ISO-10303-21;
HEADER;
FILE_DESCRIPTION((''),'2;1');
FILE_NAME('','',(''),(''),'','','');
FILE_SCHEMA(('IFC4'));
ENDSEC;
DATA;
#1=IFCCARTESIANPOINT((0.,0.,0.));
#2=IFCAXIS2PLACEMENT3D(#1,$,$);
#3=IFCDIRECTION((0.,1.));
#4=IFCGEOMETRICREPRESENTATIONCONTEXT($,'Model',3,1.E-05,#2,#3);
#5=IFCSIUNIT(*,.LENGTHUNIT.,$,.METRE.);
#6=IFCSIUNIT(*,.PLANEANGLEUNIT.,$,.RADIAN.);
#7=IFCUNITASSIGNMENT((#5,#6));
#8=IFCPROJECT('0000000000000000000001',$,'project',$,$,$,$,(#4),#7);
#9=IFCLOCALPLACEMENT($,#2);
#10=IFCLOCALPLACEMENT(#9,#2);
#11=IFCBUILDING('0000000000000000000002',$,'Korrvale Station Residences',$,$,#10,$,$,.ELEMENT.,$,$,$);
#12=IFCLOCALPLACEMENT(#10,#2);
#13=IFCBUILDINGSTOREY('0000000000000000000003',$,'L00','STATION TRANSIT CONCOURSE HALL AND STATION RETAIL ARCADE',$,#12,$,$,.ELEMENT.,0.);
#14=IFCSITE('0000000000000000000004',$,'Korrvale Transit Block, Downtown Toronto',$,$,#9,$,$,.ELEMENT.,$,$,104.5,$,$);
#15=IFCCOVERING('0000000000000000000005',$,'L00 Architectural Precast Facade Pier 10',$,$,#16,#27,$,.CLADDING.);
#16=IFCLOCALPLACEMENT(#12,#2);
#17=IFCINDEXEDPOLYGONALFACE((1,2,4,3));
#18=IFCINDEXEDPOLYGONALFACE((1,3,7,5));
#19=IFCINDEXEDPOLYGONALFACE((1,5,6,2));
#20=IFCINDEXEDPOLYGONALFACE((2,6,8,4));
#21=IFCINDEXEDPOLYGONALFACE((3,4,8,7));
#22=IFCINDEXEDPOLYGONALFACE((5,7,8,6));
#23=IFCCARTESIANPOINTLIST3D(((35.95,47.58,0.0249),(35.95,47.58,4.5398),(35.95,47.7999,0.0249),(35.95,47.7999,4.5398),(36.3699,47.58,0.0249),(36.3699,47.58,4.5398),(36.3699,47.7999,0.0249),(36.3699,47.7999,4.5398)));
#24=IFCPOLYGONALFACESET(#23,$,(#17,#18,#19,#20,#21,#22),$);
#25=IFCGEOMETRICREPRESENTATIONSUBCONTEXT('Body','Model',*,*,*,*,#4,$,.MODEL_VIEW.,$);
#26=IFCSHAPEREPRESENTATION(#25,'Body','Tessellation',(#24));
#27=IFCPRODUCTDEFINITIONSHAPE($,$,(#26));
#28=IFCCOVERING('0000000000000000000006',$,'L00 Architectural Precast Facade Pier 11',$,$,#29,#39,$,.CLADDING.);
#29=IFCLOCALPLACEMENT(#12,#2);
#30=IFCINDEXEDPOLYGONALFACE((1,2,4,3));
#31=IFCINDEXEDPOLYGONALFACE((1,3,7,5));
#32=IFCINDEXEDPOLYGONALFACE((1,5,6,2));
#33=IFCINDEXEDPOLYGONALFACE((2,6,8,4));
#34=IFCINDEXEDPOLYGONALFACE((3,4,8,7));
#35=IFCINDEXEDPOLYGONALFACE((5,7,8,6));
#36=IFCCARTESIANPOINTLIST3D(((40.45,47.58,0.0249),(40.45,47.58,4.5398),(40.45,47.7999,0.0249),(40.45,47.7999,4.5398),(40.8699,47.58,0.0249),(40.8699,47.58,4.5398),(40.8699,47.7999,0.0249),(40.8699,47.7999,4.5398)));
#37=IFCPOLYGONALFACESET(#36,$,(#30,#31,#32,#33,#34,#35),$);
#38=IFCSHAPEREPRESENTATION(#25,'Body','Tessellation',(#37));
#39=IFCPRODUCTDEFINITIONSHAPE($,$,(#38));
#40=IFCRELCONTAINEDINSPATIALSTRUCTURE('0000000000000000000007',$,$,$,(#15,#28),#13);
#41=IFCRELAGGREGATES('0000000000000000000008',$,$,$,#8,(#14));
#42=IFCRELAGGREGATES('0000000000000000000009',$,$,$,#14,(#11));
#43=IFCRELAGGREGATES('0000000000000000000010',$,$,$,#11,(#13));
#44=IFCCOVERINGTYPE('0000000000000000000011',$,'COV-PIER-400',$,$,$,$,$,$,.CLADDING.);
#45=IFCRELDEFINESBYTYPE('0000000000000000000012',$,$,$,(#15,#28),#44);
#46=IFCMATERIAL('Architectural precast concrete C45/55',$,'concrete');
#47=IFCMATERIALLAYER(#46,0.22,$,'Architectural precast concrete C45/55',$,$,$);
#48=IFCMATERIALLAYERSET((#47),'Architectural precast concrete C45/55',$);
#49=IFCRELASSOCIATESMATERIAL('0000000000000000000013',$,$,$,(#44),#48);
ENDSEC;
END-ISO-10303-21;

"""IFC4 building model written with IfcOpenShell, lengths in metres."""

from ifc_helpers import new_model, si_unit, direction, frame, origin, origin_2d, place, context, subcontext, project, spatial, rectangle, extrude, material, layer, layer_set, type_object, element, save


model = new_model("IFC4")

# Units and contexts
model_context = context("Model", 3, precision=1e-05, world=origin(), true_north=direction((0.0, 1.0)))
body_context = subcontext(model_context, "Body", "Model", "MODEL_VIEW")
ifc_project = project(units=[si_unit("LENGTHUNIT", "METRE"), si_unit("PLANEANGLEUNIT", "RADIAN")], contexts=[model_context])

# Site, building, storey
site_placement = place(None, origin())
site = spatial("IfcSite", under=ifc_project, at=site_placement, Name="Korrvale Transit Block, Downtown Toronto", CompositionType="ELEMENT", RefElevation=104.5)
building_placement = place(site_placement, origin())
building = spatial("IfcBuilding", under=site, at=building_placement, Name="Korrvale Station Residences", CompositionType="ELEMENT")
storey_placement = place(building_placement, origin())
storey = spatial("IfcBuildingStorey", under=building, at=storey_placement, Name="L00", Description="STATION TRANSIT CONCOURSE HALL AND STATION RETAIL ARCADE", CompositionType="ELEMENT", Elevation=0.0)

# Coverings
ifc_material_1 = material(Name="Architectural precast concrete C45/55", Category="concrete")
ifc_layer_1 = layer(ifc_material_1, 0.22, Name="Architectural precast concrete C45/55")
ifc_layer_set_1 = layer_set([ifc_layer_1], Name="Architectural precast concrete C45/55")
covering_type = type_object("IfcCoveringType", Name="COV-PIER-400", PredefinedType="CLADDING", material=ifc_layer_set_1)
for number, where, z_axis, x_axis, name in (
    (1, (36.1599, 47.6899, 0.0249), (0.0, 0.0, 1.0), (1.0, 0.0, 0.0), "L00 Architectural Precast Facade Pier 10"),
    (2, (40.6599, 47.6899, 0.0249), (0.0, 0.0, 1.0), (1.0, 0.0, 0.0), "L00 Architectural Precast Facade Pier 11"),
):
    element("IfcCovering", number, at=place(storey_placement, frame(where, z_axis=z_axis, x_axis=x_axis)), inside=storey, type_object=covering_type, Name=name, PredefinedType="CLADDING", context=body_context, shape_type="SweptSolid", body=[
        extrude(rectangle(XDim=0.4199, YDim=0.22, at=origin_2d()), origin(), (0.0, 0.0, 1.0), 4.5149),
    ])

save(model, "model.ifc")
